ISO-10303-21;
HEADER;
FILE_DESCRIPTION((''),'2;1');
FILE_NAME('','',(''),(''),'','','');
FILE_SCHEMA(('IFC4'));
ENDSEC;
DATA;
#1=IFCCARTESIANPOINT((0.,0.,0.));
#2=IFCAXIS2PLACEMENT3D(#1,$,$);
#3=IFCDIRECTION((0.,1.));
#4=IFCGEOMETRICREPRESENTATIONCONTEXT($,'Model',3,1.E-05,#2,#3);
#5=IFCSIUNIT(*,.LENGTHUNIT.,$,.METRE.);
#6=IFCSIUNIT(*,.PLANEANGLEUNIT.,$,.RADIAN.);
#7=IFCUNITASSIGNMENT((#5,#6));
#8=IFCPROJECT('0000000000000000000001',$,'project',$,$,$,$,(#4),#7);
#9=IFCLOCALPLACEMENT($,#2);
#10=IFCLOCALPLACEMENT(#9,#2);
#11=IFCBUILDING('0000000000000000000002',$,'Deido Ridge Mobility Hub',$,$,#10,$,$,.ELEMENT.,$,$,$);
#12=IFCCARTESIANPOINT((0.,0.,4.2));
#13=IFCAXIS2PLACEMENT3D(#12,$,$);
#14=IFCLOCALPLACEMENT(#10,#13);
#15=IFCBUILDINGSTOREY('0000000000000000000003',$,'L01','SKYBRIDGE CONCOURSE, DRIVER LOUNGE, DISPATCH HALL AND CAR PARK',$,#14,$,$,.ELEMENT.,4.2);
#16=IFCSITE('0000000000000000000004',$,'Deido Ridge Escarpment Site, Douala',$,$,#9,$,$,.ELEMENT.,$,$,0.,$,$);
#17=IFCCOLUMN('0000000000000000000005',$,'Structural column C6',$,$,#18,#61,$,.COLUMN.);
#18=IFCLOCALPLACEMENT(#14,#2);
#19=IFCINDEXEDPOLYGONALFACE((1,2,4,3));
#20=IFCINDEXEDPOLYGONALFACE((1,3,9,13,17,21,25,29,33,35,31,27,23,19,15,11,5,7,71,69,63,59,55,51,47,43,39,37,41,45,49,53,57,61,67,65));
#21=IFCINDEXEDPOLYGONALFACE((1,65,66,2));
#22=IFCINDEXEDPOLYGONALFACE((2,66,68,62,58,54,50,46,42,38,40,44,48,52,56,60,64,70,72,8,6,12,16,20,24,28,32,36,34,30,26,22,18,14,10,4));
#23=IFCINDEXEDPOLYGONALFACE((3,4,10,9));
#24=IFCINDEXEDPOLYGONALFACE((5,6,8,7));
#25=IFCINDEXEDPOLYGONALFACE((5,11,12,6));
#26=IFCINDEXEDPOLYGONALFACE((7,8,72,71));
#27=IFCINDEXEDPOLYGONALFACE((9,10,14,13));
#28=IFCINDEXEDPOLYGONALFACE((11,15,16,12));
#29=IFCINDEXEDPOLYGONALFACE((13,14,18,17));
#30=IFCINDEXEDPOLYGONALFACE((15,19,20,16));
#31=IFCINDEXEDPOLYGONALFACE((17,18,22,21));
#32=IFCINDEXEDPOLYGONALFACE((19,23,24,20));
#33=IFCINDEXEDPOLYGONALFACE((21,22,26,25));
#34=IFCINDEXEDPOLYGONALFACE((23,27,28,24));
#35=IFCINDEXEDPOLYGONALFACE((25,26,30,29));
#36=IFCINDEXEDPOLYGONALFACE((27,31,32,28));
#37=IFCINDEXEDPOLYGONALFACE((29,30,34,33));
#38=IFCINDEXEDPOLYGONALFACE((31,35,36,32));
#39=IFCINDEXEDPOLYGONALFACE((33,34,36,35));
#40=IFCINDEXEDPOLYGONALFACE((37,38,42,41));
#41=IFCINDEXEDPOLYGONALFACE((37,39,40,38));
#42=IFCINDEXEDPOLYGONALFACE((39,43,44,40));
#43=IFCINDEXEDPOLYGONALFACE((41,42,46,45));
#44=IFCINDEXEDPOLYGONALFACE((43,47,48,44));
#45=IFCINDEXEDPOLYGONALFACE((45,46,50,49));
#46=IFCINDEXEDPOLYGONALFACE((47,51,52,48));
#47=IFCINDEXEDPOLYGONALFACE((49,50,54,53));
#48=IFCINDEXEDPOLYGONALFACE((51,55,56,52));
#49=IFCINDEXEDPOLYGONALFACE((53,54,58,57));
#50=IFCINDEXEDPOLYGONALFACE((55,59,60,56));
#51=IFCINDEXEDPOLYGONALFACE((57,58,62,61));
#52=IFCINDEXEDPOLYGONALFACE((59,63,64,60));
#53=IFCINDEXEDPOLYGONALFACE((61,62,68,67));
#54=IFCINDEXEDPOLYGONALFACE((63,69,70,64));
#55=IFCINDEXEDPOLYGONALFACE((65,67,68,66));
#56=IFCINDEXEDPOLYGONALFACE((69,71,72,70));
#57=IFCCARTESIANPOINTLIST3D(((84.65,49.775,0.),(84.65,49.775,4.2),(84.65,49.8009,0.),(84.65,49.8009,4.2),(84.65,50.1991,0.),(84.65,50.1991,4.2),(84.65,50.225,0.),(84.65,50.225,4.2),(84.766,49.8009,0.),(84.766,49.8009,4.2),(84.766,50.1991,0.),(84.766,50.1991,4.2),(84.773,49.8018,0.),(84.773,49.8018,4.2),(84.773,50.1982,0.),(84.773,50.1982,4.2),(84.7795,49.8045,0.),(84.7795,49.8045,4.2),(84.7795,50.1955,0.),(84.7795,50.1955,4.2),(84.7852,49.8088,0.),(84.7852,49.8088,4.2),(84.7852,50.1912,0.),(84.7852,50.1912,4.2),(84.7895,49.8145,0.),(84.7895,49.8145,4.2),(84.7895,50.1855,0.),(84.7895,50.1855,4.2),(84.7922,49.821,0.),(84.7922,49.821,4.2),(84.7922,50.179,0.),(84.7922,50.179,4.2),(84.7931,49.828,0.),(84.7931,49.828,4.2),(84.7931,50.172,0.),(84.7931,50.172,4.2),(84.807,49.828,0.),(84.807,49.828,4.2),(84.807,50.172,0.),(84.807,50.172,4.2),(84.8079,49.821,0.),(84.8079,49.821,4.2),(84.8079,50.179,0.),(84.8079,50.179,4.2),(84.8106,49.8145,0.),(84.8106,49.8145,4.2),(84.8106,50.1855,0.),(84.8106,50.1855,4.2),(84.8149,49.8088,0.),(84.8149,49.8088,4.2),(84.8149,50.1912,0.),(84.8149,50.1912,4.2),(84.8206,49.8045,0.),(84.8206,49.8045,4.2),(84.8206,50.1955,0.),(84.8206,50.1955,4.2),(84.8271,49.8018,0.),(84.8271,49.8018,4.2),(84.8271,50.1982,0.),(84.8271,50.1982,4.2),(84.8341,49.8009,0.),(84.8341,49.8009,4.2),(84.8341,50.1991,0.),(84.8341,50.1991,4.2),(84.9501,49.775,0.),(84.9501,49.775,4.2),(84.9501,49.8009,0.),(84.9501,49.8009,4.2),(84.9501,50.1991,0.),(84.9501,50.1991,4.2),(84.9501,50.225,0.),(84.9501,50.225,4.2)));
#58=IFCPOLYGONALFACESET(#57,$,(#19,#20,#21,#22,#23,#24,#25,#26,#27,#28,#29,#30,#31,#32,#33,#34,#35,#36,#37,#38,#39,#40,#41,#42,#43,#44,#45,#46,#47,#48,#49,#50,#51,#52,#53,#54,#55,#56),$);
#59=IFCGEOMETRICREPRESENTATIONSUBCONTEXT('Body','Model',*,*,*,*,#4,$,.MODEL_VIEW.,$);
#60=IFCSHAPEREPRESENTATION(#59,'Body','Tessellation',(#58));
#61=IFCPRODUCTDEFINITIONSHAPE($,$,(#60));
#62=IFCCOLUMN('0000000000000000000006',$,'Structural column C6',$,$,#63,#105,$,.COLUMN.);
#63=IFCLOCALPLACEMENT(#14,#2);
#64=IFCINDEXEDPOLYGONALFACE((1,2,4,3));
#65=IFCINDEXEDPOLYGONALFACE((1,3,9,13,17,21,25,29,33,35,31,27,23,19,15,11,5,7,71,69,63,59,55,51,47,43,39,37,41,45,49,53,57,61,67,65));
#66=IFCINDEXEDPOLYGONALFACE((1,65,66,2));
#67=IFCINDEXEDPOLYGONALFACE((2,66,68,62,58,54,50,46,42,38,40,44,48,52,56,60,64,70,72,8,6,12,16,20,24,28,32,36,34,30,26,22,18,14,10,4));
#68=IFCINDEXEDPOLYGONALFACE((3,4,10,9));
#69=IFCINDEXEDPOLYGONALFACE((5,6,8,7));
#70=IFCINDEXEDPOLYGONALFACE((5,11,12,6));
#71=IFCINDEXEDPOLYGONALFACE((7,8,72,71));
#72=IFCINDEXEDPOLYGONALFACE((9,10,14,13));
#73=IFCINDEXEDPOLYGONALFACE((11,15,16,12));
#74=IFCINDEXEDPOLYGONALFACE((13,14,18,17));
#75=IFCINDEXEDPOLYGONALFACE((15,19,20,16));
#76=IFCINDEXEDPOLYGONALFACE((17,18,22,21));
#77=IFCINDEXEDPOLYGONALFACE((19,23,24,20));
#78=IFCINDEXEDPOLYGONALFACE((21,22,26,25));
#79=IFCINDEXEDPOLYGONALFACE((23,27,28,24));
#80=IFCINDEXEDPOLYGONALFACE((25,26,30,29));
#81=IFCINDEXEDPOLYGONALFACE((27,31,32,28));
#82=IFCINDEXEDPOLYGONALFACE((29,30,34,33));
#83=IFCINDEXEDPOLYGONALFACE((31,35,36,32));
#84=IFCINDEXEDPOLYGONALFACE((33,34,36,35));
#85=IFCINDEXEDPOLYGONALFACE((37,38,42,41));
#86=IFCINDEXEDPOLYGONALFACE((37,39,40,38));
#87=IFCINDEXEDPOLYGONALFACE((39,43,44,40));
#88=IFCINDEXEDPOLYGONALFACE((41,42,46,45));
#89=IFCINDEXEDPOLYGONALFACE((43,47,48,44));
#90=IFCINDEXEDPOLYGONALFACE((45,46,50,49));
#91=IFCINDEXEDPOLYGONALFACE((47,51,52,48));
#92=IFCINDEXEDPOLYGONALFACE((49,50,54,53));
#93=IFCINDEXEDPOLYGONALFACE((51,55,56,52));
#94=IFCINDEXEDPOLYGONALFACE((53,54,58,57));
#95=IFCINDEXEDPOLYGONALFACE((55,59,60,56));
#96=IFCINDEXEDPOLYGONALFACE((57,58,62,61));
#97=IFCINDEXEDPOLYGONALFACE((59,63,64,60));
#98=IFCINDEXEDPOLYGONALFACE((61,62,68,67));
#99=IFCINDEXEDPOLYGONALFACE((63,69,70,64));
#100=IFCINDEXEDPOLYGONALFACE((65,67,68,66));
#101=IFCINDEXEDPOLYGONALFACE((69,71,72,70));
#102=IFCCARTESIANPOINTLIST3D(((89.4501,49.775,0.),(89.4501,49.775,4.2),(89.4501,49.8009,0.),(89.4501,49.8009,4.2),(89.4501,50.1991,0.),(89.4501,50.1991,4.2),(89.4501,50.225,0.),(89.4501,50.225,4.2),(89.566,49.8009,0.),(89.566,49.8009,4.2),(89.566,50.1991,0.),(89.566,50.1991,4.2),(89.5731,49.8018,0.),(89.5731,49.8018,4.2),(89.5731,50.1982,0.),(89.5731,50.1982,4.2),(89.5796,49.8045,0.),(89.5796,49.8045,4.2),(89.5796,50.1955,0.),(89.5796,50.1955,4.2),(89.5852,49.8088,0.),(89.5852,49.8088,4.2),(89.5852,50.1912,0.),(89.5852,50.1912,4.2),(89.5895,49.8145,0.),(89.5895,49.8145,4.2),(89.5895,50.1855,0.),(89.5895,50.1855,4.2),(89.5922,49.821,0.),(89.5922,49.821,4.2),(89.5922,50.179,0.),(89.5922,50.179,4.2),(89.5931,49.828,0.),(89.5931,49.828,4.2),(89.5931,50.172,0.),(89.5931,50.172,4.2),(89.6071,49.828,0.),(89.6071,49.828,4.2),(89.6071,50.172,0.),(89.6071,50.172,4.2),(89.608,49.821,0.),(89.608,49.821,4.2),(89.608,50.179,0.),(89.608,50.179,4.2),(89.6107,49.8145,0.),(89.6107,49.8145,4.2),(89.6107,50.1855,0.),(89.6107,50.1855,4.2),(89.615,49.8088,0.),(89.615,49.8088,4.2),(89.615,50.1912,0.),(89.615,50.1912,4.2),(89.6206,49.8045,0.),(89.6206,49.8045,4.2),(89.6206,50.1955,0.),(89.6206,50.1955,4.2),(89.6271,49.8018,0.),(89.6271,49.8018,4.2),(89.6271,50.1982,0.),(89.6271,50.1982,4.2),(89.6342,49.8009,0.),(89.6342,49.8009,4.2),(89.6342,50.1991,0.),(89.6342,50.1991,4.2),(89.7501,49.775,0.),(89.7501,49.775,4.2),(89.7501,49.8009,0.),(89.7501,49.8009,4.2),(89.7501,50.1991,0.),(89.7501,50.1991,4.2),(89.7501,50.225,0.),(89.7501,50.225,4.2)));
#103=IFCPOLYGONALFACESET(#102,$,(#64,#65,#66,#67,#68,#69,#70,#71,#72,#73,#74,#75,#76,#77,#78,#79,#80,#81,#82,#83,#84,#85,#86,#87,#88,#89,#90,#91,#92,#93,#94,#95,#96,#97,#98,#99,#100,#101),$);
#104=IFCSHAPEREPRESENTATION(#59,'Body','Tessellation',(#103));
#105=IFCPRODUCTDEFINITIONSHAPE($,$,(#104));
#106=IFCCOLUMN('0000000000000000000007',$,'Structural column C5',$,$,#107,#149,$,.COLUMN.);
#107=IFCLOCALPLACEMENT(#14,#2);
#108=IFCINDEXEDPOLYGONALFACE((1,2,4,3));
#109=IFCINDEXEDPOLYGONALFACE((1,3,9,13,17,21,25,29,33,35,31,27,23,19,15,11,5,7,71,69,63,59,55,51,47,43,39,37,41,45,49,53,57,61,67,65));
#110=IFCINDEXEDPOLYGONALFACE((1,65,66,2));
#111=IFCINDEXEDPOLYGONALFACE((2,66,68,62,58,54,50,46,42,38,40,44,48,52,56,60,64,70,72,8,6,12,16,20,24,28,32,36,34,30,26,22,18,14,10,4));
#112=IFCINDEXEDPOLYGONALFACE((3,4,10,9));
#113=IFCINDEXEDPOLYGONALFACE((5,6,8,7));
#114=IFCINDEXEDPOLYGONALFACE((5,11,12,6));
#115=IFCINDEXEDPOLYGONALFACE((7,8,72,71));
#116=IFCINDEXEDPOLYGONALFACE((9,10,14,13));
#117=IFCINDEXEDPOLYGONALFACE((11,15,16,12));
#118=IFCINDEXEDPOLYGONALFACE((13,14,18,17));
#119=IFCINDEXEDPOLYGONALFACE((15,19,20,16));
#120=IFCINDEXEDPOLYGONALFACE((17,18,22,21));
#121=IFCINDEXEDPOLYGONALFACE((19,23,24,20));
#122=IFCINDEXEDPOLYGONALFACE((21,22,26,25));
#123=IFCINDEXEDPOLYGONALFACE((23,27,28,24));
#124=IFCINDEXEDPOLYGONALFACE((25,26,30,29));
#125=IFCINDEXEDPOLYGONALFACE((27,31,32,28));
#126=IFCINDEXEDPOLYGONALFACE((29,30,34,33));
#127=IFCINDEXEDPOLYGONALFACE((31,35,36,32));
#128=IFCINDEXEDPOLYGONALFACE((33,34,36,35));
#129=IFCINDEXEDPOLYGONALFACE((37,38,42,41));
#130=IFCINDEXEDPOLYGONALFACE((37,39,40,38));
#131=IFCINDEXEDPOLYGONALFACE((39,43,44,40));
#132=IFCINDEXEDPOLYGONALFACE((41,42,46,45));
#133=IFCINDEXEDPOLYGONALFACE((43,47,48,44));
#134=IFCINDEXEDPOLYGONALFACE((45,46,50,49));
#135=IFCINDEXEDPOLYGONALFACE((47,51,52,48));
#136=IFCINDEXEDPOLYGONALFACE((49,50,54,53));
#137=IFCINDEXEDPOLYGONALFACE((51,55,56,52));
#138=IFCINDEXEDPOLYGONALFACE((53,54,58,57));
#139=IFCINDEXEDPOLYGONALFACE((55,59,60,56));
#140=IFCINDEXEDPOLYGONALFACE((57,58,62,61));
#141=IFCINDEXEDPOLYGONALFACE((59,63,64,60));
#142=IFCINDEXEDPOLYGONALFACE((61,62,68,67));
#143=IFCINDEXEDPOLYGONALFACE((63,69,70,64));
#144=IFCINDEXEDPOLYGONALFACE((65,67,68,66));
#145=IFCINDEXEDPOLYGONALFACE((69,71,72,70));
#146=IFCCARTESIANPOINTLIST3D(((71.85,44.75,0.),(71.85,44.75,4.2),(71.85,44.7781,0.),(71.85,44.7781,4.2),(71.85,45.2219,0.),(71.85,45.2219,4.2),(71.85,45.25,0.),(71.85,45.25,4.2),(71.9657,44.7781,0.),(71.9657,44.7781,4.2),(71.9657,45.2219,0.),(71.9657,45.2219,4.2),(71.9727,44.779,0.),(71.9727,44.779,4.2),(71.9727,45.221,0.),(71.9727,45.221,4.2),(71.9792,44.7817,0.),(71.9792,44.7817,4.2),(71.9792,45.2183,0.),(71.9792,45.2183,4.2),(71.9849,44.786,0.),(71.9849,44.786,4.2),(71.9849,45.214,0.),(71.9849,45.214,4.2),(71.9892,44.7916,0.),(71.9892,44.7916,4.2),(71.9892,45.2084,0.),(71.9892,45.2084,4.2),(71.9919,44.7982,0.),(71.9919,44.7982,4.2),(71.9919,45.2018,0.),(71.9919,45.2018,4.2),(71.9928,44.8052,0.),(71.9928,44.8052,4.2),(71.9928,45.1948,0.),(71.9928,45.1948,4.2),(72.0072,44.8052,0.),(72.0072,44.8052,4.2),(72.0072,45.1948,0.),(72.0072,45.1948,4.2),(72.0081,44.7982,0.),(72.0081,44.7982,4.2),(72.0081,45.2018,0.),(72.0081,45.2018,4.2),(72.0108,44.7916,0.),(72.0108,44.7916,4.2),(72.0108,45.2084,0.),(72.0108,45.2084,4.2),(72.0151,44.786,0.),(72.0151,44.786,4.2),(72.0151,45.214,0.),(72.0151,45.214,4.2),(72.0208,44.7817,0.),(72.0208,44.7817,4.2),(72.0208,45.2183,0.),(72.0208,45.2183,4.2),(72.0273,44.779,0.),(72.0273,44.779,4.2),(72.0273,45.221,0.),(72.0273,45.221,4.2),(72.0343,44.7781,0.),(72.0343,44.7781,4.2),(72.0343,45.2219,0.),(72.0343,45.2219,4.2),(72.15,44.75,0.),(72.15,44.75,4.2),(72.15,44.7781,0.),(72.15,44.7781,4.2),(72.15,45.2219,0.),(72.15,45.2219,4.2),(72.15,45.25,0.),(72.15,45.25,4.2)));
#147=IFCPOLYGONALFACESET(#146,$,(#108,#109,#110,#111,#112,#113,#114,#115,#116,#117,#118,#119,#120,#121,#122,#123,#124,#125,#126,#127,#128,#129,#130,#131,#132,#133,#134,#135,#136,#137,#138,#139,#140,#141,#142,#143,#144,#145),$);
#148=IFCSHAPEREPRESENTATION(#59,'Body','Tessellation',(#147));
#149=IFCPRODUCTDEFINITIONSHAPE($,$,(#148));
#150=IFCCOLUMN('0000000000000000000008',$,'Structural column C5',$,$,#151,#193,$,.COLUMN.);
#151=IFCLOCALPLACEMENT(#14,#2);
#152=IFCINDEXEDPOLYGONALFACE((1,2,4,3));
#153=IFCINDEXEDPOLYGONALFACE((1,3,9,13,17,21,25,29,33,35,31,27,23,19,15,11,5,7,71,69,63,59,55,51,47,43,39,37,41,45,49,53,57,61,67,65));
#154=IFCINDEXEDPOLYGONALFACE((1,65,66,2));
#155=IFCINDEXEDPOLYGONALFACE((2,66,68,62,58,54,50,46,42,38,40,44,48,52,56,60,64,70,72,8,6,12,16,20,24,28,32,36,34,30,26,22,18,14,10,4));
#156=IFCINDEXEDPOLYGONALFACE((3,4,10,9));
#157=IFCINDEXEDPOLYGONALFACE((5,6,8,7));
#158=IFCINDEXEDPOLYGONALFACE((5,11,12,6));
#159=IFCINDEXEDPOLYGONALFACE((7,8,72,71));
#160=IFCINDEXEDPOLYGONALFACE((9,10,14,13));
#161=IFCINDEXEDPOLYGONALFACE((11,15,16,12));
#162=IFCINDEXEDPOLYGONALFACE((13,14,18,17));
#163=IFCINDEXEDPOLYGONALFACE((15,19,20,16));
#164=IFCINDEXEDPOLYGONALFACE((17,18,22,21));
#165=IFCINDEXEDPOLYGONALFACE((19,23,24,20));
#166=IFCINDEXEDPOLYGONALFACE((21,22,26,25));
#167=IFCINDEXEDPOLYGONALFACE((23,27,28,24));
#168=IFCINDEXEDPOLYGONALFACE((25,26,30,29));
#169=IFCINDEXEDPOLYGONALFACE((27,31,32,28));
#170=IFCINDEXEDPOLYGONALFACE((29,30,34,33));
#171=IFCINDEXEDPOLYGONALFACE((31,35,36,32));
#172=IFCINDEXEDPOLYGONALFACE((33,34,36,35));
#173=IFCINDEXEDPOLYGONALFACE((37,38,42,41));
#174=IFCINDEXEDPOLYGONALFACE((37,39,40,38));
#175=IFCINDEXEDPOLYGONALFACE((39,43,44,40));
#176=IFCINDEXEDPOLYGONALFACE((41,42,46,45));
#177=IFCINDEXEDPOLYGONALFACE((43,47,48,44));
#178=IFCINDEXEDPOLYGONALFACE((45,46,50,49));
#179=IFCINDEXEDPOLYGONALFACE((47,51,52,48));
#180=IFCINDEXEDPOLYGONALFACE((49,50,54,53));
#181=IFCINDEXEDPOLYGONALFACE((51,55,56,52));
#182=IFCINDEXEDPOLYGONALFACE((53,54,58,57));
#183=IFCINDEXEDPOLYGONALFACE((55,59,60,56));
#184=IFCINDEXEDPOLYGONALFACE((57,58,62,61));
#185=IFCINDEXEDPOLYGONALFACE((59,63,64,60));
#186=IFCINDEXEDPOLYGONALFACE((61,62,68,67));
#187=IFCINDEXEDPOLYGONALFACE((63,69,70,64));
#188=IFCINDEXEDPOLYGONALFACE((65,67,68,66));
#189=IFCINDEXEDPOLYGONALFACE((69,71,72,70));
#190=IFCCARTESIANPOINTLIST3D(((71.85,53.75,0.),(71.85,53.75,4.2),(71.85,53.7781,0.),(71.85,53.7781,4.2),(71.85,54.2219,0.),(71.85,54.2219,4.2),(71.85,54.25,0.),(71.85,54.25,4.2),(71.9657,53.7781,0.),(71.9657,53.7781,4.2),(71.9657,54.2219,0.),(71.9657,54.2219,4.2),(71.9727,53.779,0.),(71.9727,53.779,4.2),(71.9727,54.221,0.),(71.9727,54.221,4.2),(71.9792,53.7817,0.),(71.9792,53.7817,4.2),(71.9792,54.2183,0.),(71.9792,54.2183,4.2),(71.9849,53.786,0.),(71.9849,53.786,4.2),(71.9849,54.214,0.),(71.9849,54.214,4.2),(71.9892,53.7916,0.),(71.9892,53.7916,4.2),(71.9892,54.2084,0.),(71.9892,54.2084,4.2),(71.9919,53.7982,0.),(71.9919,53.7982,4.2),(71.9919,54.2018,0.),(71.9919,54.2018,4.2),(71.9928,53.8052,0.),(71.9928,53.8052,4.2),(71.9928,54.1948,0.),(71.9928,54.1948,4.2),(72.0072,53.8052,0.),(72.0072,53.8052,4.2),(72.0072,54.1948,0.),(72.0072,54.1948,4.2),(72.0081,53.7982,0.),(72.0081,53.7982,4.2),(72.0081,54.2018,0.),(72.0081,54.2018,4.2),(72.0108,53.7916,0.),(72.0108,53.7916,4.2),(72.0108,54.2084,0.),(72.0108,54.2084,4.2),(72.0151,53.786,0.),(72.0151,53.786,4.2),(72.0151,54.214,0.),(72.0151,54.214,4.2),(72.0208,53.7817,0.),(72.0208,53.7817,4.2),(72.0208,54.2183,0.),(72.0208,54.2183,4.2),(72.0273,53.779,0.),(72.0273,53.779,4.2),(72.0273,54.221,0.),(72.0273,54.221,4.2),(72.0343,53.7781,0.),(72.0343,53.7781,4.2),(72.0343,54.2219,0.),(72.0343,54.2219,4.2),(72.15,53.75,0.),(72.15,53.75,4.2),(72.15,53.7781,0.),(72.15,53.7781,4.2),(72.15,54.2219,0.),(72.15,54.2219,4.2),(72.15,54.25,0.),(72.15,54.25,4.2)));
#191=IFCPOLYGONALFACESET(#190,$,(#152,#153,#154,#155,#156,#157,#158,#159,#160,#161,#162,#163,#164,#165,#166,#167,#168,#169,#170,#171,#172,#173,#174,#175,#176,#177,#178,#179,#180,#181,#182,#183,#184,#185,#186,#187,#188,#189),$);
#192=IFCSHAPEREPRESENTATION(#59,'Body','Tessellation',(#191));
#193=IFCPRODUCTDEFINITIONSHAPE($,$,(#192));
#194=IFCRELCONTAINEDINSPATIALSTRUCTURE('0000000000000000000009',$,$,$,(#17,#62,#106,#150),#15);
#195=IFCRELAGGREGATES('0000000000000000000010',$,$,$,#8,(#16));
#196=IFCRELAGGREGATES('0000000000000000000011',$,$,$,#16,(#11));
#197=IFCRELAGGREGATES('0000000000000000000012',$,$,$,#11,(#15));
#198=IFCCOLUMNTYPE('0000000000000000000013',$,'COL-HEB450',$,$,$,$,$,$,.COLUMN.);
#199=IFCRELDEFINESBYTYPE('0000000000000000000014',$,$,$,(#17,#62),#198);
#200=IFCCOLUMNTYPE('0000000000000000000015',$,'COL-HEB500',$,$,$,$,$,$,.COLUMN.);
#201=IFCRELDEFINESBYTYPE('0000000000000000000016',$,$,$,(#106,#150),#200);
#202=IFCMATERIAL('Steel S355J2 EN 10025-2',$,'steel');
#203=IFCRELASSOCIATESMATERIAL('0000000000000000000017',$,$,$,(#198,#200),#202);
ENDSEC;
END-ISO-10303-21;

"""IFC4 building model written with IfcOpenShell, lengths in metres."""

from ifc_helpers import new_model, si_unit, direction, frame, origin, origin_2d, place, context, subcontext, project, spatial, i_section, extrude, material, material_profile, profile_set, type_object, element, save


model = new_model("IFC4")

# Units and contexts
model_context = context("Model", 3, precision=1e-05, world=origin(), true_north=direction((0.0, 1.0)))
body_context = subcontext(model_context, "Body", "Model", "MODEL_VIEW")
ifc_project = project(units=[si_unit("LENGTHUNIT", "METRE"), si_unit("PLANEANGLEUNIT", "RADIAN")], contexts=[model_context])

# Site, building, storey
site_placement = place(None, origin())
site = spatial("IfcSite", under=ifc_project, at=site_placement, Name="Deido Ridge Escarpment Site, Douala", CompositionType="ELEMENT", RefElevation=0.0)
building_placement = place(site_placement, origin())
building = spatial("IfcBuilding", under=site, at=building_placement, Name="Deido Ridge Mobility Hub", CompositionType="ELEMENT")
storey_placement = place(building_placement, frame((0.0, 0.0, 4.2)))
storey = spatial("IfcBuildingStorey", under=building, at=storey_placement, Name="L01", Description="SKYBRIDGE CONCOURSE, DRIVER LOUNGE, DISPATCH HALL AND CAR PARK", CompositionType="ELEMENT", Elevation=4.2)

# Columns
ifc_material_1 = material(Name="Steel S355J2 EN 10025-2", Category="steel")
ifc_material_profile_1 = material_profile(ifc_material_1, i_section(OverallWidth=0.3, OverallDepth=0.45, WebThickness=0.0139, FlangeThickness=0.0259, FilletRadius=0.0271, at=origin_2d()), Name="HEB 450")
ifc_profile_set_1 = profile_set([ifc_material_profile_1], Name="Steel S355J2 EN 10025-2")
column_type_1 = type_object("IfcColumnType", Name="COL-HEB450", PredefinedType="COLUMN", material=ifc_profile_set_1)
for number, where, z_axis, x_axis, name in (
    (1, (84.8, 50.0, 0.0), (0.0, 0.0, 1.0), (1.0, 0.0, 0.0), "Structural column C6"),
    (2, (89.6001, 50.0, 0.0), (0.0, 0.0, 1.0), (1.0, 0.0, 0.0), "Structural column C6"),
):
    element("IfcColumn", number, at=place(storey_placement, frame(where, z_axis=z_axis, x_axis=x_axis)), inside=storey, type_object=column_type_1, Name=name, PredefinedType="COLUMN", context=body_context, shape_type="SweptSolid", body=[
        extrude(i_section(OverallWidth=0.3, OverallDepth=0.45, WebThickness=0.0139, FlangeThickness=0.0259, FilletRadius=0.0271, at=origin_2d()), origin(), (0.0, 0.0, 1.0), 4.2),
    ])
ifc_material_profile_2 = material_profile(ifc_material_1, i_section(OverallWidth=0.3, OverallDepth=0.5, WebThickness=0.0144, FlangeThickness=0.0281, FilletRadius=0.0271, at=origin_2d()), Name="HEB 500")
ifc_profile_set_2 = profile_set([ifc_material_profile_2], Name="Steel S355J2 EN 10025-2")
column_type_2 = type_object("IfcColumnType", Name="COL-HEB500", PredefinedType="COLUMN", material=ifc_profile_set_2)
for number, where, z_axis, x_axis, name in (
    (3, (72.0, 45.0, 0.0), (0.0, 0.0, 1.0), (1.0, 0.0, 0.0), "Structural column C5"),
    (4, (72.0, 54.0, 0.0), (0.0, 0.0, 1.0), (1.0, 0.0, 0.0), "Structural column C5"),
):
    element("IfcColumn", number, at=place(storey_placement, frame(where, z_axis=z_axis, x_axis=x_axis)), inside=storey, type_object=column_type_2, Name=name, PredefinedType="COLUMN", context=body_context, shape_type="SweptSolid", body=[
        extrude(i_section(OverallWidth=0.3, OverallDepth=0.5, WebThickness=0.0144, FlangeThickness=0.0281, FilletRadius=0.0271, at=origin_2d()), origin(), (0.0, 0.0, 1.0), 4.2),
    ])

save(model, "model.ifc")
